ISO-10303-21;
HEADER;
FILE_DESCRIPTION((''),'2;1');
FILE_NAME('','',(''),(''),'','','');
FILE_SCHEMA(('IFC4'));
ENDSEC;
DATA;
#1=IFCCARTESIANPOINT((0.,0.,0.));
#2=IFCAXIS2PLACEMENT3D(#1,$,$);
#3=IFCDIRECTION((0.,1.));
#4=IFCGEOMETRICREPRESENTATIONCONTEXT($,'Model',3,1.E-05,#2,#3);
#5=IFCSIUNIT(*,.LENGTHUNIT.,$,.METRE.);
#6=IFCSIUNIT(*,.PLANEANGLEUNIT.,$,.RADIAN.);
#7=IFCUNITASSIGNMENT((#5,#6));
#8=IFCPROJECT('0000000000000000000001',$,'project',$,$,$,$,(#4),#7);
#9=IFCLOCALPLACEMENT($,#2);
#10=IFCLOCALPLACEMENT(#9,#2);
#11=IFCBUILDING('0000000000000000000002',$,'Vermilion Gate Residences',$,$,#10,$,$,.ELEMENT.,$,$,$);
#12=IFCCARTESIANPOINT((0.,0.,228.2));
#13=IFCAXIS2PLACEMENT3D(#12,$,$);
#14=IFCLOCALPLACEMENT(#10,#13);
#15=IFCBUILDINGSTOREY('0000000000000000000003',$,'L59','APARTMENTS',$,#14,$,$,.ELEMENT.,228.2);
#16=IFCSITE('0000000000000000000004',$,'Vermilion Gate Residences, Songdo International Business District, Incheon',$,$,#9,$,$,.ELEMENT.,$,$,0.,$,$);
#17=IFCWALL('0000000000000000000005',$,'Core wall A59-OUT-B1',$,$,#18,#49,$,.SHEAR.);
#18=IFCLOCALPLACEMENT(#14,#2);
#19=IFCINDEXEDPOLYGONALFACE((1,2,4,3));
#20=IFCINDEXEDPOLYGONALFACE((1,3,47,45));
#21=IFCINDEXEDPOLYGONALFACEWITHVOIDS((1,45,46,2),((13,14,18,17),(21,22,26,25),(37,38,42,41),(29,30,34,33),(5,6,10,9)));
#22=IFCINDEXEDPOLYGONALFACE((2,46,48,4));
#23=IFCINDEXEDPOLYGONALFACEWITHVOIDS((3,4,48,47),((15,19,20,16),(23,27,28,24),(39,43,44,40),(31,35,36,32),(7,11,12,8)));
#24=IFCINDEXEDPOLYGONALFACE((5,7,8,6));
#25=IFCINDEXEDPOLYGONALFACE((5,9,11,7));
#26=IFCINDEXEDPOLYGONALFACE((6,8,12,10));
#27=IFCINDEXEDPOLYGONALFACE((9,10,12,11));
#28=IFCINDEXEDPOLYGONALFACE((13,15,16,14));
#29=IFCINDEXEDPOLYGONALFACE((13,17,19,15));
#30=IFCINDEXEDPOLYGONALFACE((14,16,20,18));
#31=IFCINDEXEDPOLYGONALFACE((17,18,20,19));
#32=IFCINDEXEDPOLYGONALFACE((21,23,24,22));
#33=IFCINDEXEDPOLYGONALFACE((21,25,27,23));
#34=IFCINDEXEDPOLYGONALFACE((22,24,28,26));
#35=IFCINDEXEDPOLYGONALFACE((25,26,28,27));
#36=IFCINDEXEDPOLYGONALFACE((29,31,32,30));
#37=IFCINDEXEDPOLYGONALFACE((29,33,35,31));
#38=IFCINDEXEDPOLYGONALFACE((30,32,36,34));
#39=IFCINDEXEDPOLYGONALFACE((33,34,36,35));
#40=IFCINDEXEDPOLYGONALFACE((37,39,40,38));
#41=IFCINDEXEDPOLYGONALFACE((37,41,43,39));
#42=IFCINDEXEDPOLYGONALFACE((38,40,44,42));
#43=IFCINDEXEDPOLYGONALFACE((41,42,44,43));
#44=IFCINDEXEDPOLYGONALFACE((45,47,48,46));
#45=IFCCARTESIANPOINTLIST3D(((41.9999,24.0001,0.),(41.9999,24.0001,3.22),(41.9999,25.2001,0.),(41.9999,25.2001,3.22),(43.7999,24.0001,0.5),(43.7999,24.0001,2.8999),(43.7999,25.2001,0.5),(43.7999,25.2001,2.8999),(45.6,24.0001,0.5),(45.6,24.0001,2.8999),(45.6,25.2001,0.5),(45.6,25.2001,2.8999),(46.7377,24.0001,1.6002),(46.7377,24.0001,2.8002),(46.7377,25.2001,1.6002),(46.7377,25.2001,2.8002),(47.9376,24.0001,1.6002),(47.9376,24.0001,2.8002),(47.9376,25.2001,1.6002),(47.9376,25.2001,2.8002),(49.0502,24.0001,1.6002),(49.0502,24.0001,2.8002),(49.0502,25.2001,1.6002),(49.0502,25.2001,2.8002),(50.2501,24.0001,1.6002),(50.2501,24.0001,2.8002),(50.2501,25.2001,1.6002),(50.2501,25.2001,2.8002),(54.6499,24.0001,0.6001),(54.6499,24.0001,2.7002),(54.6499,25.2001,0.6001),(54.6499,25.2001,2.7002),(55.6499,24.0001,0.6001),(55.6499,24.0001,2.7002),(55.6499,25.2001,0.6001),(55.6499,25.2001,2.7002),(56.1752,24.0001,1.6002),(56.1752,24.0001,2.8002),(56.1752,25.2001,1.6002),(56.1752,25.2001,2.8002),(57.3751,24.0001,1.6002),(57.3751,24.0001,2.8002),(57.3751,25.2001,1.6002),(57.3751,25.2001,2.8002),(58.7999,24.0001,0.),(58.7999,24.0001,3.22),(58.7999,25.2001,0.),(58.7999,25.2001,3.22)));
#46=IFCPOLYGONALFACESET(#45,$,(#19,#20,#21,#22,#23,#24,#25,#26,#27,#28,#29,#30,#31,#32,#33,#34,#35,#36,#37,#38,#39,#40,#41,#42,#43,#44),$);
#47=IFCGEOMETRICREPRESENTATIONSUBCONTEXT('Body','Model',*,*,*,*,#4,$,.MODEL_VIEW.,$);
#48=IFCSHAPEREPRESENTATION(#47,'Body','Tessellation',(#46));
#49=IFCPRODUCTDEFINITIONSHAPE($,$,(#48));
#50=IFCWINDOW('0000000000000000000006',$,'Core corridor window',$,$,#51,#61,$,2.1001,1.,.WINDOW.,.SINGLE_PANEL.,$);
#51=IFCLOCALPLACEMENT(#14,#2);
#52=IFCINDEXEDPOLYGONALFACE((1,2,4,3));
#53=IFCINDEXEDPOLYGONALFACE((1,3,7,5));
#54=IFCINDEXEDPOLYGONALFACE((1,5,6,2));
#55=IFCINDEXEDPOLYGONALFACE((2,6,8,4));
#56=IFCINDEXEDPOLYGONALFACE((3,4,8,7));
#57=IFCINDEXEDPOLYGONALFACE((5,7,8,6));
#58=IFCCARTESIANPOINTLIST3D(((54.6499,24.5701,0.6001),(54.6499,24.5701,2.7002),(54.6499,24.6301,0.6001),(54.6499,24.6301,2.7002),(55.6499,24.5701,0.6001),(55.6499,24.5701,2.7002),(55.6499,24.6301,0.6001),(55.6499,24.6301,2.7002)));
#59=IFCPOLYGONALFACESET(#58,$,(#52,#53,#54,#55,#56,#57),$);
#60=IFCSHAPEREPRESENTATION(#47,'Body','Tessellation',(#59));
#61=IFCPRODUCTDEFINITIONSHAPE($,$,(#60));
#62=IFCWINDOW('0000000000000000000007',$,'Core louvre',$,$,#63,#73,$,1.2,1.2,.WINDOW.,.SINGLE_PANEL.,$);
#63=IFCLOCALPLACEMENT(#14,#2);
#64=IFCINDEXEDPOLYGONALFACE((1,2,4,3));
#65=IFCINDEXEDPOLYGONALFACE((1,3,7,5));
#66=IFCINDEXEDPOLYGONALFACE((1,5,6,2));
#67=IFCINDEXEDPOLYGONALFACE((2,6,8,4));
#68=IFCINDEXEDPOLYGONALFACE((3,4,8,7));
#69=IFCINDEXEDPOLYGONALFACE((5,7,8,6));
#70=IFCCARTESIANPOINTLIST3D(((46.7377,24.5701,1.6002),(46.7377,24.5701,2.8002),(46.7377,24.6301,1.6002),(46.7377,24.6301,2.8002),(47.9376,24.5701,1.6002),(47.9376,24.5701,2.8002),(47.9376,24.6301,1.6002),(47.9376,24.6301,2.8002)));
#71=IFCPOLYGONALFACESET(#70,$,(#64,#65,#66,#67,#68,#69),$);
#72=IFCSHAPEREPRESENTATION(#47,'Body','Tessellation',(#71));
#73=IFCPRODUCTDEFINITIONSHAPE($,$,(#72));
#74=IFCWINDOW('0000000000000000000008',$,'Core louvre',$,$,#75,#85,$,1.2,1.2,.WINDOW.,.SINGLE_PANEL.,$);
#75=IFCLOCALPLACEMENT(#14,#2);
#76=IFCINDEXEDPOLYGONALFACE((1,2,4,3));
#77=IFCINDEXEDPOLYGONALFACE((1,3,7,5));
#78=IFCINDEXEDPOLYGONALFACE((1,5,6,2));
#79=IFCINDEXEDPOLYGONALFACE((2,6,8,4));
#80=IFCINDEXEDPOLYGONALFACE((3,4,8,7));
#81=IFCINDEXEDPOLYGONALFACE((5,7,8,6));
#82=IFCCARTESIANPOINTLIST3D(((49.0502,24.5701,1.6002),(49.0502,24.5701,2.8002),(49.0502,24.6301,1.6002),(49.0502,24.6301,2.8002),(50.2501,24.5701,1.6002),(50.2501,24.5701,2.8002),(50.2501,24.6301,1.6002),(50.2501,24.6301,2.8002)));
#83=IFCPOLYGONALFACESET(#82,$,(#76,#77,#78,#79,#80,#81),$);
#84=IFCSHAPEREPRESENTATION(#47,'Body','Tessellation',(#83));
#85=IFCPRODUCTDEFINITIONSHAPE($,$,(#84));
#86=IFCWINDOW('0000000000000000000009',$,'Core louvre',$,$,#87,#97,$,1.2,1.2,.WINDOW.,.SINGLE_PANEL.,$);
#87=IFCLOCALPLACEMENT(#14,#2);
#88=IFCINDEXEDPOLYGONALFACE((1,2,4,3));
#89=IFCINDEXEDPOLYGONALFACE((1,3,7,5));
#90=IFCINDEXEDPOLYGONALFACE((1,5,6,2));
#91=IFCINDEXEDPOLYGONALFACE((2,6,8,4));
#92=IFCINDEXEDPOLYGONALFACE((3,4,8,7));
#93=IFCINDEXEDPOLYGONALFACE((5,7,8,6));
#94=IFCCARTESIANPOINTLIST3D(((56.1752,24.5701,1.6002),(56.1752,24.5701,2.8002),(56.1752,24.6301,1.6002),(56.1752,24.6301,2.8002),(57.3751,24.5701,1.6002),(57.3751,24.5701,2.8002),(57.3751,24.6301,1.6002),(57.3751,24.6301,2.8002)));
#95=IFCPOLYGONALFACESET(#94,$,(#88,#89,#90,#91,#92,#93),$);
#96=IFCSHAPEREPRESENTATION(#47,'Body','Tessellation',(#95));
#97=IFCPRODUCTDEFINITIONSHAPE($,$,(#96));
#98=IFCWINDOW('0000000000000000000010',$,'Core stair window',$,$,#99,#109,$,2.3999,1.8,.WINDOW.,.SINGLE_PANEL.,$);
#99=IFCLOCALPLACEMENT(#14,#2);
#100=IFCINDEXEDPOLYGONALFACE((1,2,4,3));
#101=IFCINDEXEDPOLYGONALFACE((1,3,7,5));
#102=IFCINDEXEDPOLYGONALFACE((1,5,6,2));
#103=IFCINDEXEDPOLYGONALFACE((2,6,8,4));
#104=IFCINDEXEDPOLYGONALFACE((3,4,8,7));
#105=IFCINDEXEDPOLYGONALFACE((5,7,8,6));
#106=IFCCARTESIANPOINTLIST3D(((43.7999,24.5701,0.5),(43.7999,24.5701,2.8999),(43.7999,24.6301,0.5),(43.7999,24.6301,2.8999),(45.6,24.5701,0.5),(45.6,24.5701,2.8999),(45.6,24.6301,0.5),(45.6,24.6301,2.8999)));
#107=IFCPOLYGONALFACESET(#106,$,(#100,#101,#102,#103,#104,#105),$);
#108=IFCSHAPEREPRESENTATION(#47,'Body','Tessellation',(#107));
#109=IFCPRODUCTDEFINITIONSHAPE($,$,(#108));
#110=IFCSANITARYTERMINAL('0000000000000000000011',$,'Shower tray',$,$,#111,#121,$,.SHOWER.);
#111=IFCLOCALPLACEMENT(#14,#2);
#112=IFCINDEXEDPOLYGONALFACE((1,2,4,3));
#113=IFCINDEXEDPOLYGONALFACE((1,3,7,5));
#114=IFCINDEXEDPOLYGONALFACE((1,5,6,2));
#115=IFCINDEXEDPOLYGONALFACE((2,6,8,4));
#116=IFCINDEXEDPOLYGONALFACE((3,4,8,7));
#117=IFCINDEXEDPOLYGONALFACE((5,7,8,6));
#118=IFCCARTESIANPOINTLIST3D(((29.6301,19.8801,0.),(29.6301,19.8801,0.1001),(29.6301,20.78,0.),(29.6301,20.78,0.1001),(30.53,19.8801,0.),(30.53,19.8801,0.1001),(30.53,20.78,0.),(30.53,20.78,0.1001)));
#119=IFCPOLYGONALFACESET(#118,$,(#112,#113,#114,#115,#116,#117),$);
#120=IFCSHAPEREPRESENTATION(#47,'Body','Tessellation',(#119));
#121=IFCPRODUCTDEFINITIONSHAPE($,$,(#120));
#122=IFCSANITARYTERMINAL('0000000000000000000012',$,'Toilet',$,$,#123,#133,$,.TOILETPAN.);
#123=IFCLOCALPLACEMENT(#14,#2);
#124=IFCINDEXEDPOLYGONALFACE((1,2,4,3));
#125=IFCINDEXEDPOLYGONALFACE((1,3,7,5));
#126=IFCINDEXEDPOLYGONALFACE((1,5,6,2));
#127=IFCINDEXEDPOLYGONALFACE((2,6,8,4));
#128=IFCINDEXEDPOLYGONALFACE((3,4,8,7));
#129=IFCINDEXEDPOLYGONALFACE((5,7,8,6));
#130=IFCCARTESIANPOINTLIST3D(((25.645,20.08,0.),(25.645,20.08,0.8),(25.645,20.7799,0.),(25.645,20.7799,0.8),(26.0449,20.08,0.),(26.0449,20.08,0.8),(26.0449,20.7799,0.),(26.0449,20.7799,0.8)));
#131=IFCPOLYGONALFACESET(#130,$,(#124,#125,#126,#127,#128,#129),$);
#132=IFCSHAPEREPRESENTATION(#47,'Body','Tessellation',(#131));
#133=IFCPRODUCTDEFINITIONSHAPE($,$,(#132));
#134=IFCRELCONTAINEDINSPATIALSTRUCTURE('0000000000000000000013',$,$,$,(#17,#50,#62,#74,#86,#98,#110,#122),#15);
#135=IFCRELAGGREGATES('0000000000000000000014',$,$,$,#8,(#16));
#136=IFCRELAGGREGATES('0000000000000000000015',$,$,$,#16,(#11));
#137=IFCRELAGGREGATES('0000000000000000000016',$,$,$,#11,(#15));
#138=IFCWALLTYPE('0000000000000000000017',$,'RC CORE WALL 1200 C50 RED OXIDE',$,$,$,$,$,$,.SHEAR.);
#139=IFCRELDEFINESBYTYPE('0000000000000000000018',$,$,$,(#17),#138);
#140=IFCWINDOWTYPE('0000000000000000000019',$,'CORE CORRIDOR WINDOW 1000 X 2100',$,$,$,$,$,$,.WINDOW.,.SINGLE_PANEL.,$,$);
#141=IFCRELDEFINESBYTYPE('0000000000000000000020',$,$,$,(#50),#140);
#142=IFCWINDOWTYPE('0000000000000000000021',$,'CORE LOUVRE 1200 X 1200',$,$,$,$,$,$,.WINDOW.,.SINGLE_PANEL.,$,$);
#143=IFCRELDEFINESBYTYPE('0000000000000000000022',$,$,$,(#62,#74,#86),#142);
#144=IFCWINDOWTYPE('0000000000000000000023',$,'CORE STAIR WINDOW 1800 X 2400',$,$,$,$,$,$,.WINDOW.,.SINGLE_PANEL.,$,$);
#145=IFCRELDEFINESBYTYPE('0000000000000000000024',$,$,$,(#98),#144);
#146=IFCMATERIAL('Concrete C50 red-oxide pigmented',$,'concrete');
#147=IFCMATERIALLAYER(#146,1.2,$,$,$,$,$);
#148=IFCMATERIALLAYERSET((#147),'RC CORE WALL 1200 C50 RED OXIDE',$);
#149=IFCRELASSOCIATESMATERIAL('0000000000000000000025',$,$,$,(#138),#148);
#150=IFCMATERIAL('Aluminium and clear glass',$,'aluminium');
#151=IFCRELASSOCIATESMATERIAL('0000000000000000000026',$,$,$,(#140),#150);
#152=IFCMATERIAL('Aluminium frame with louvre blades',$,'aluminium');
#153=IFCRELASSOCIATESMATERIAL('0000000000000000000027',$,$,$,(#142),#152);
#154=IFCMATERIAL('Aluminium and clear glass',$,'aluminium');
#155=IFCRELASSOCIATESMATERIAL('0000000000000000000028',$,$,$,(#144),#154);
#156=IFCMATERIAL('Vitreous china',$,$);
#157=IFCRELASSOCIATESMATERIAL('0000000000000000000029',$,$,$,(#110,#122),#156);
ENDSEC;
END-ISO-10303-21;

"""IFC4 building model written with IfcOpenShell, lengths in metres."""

from ifc_helpers import new_model, si_unit, direction, frame, frame_2d, origin, origin_2d, place, context, subcontext, project, spatial, rectangle, extrude, material, layer, layer_set, type_object, element, fill, save


model = new_model("IFC4")

# Units and contexts
model_context = context("Model", 3, precision=1e-05, world=origin(), true_north=direction((0.0, 1.0)))
body_context = subcontext(model_context, "Body", "Model", "MODEL_VIEW")
ifc_project = project(units=[si_unit("LENGTHUNIT", "METRE"), si_unit("PLANEANGLEUNIT", "RADIAN")], contexts=[model_context])

# Site, building, storey
site_placement = place(None, origin())
site = spatial("IfcSite", under=ifc_project, at=site_placement, Name="Vermilion Gate Residences, Songdo International Business District, Incheon", CompositionType="ELEMENT", RefElevation=0.0)
building_placement = place(site_placement, origin())
building = spatial("IfcBuilding", under=site, at=building_placement, Name="Vermilion Gate Residences", CompositionType="ELEMENT")
storey_placement = place(building_placement, frame((0.0, 0.0, 228.2)))
storey = spatial("IfcBuildingStorey", under=building, at=storey_placement, Name="L59", Description="APARTMENTS", CompositionType="ELEMENT", Elevation=228.2)

# Wall, openings, windows
ifc_material_1 = material(Name="Concrete C50 red-oxide pigmented", Category="concrete")
ifc_layer_1 = layer(ifc_material_1, 1.2)
ifc_layer_set_1 = layer_set([ifc_layer_1], Name="RC CORE WALL 1200 C50 RED OXIDE")
wall_type_1 = type_object("IfcWallType", Name="RC CORE WALL 1200 C50 RED OXIDE", PredefinedType="SHEAR", material=ifc_layer_set_1)
wall_1_placement = place(storey_placement, frame((42.0, 24.6001, 0.0), z_axis=(0.0, 0.0, 1.0), x_axis=(1.0, 0.0, 0.0)))
wall_1 = element("IfcWall", 1, at=wall_1_placement, inside=storey, type_object=wall_type_1, Name="Core wall A59-OUT-B1", PredefinedType="SHEAR", context=body_context, shape_type="SweptSolid", body=[
    extrude(rectangle(XDim=16.8, YDim=1.2, at=frame_2d((8.3999, 0.0))), origin(), (0.0, 0.0, 1.0), 3.22),
])
opening_1_placement = place(wall_1_placement, frame((1.8, 0.0, 0.5)))
opening_1 = element("IfcOpeningElement", 2, at=opening_1_placement, cuts=wall_1, PredefinedType="OPENING", context=body_context, shape_type="SweptSolid", body=[
    extrude(rectangle(XDim=1.8, YDim=2.3999, at=frame_2d((0.8999, 1.2))), frame((0.0, 0.6099, 0.0), z_axis=(0.0, -1.0, 0.0), x_axis=(1.0, 0.0, 0.0)), (0.0, 0.0, 1.0), 1.22),
])
opening_2_placement = place(wall_1_placement, frame((4.7375, 0.0, 1.6001)))
opening_2 = element("IfcOpeningElement", 3, at=opening_2_placement, cuts=wall_1, PredefinedType="OPENING", context=body_context, shape_type="SweptSolid", body=[
    extrude(rectangle(XDim=1.2, YDim=1.2, at=frame_2d((0.6001, 0.6001))), frame((0.0, 0.6099, 0.0), z_axis=(0.0, -1.0, 0.0), x_axis=(1.0, 0.0, 0.0)), (0.0, 0.0, 1.0), 1.22),
])
opening_3_placement = place(wall_1_placement, frame((7.05, 0.0, 1.6001)))
opening_3 = element("IfcOpeningElement", 4, at=opening_3_placement, cuts=wall_1, PredefinedType="OPENING", context=body_context, shape_type="SweptSolid", body=[
    extrude(rectangle(XDim=1.2, YDim=1.2, at=frame_2d((0.6001, 0.6001))), frame((0.0, 0.6099, 0.0), z_axis=(0.0, -1.0, 0.0), x_axis=(1.0, 0.0, 0.0)), (0.0, 0.0, 1.0), 1.22),
])
opening_4_placement = place(wall_1_placement, frame((12.6499, 0.0, 0.6001)))
opening_4 = element("IfcOpeningElement", 5, at=opening_4_placement, cuts=wall_1, PredefinedType="OPENING", context=body_context, shape_type="SweptSolid", body=[
    extrude(rectangle(XDim=1.0, YDim=2.1001, at=frame_2d((0.5, 1.05))), frame((0.0, 0.6099, 0.0), z_axis=(0.0, -1.0, 0.0), x_axis=(1.0, 0.0, 0.0)), (0.0, 0.0, 1.0), 1.22),
])
opening_5_placement = place(wall_1_placement, frame((14.175, 0.0, 1.6001)))
opening_5 = element("IfcOpeningElement", 6, at=opening_5_placement, cuts=wall_1, PredefinedType="OPENING", context=body_context, shape_type="SweptSolid", body=[
    extrude(rectangle(XDim=1.2, YDim=1.2, at=frame_2d((0.6001, 0.6001))), frame((0.0, 0.6099, 0.0), z_axis=(0.0, -1.0, 0.0), x_axis=(1.0, 0.0, 0.0)), (0.0, 0.0, 1.0), 1.22),
])
ifc_material_2 = material(Name="Aluminium and clear glass", Category="aluminium")
window_type_1 = type_object("IfcWindowType", Name="CORE CORRIDOR WINDOW 1000 X 2100", PartitioningType="SINGLE_PANEL", PredefinedType="WINDOW", material=ifc_material_2)
window_1_placement = place(opening_4_placement, origin())
window_1 = element("IfcWindow", 7, at=window_1_placement, inside=storey, type_object=window_type_1, Name="Core corridor window", OverallHeight=2.1001, OverallWidth=1.0, PartitioningType="SINGLE_PANEL", PredefinedType="WINDOW", context=body_context, shape_type="SweptSolid", body=[
    extrude(rectangle(XDim=1.0, YDim=2.1001, at=frame_2d((0.5, 1.05))), frame((0.0, 0.03, 0.0), z_axis=(0.0, -1.0, 0.0), x_axis=(1.0, 0.0, 0.0)), (0.0, 0.0, 1.0), 0.0601),
])
fill(opening_4, window_1)
ifc_material_3 = material(Name="Aluminium frame with louvre blades", Category="aluminium")
window_type_2 = type_object("IfcWindowType", Name="CORE LOUVRE 1200 X 1200", PartitioningType="SINGLE_PANEL", PredefinedType="WINDOW", material=ifc_material_3)
window_2_placement = place(opening_2_placement, origin())
window_2 = element("IfcWindow", 8, at=window_2_placement, inside=storey, type_object=window_type_2, Name="Core louvre", OverallHeight=1.2, OverallWidth=1.2, PartitioningType="SINGLE_PANEL", PredefinedType="WINDOW", context=body_context, shape_type="SweptSolid", body=[
    extrude(rectangle(XDim=1.2, YDim=1.2, at=frame_2d((0.6001, 0.6001))), frame((0.0, 0.03, 0.0), z_axis=(0.0, -1.0, 0.0), x_axis=(1.0, 0.0, 0.0)), (0.0, 0.0, 1.0), 0.0601),
])
fill(opening_2, window_2)
window_3_placement = place(opening_3_placement, origin())
window_3 = element("IfcWindow", 9, at=window_3_placement, inside=storey, type_object=window_type_2, Name="Core louvre", OverallHeight=1.2, OverallWidth=1.2, PartitioningType="SINGLE_PANEL", PredefinedType="WINDOW", context=body_context, shape_type="SweptSolid", body=[
    extrude(rectangle(XDim=1.2, YDim=1.2, at=frame_2d((0.6001, 0.6001))), frame((0.0, 0.03, 0.0), z_axis=(0.0, -1.0, 0.0), x_axis=(1.0, 0.0, 0.0)), (0.0, 0.0, 1.0), 0.0601),
])
fill(opening_3, window_3)
window_4_placement = place(opening_5_placement, origin())
window_4 = element("IfcWindow", 10, at=window_4_placement, inside=storey, type_object=window_type_2, Name="Core louvre", OverallHeight=1.2, OverallWidth=1.2, PartitioningType="SINGLE_PANEL", PredefinedType="WINDOW", context=body_context, shape_type="SweptSolid", body=[
    extrude(rectangle(XDim=1.2, YDim=1.2, at=frame_2d((0.6001, 0.6001))), frame((0.0, 0.03, 0.0), z_axis=(0.0, -1.0, 0.0), x_axis=(1.0, 0.0, 0.0)), (0.0, 0.0, 1.0), 0.0601),
])
fill(opening_5, window_4)
ifc_material_4 = material(Name="Aluminium and clear glass", Category="aluminium")
window_type_3 = type_object("IfcWindowType", Name="CORE STAIR WINDOW 1800 X 2400", PartitioningType="SINGLE_PANEL", PredefinedType="WINDOW", material=ifc_material_4)
window_5_placement = place(opening_1_placement, origin())
window_5 = element("IfcWindow", 11, at=window_5_placement, inside=storey, type_object=window_type_3, Name="Core stair window", OverallHeight=2.3999, OverallWidth=1.8, PartitioningType="SINGLE_PANEL", PredefinedType="WINDOW", context=body_context, shape_type="SweptSolid", body=[
    extrude(rectangle(XDim=1.8, YDim=2.3999, at=frame_2d((0.8999, 1.2))), frame((0.0, 0.03, 0.0), z_axis=(0.0, -1.0, 0.0), x_axis=(1.0, 0.0, 0.0)), (0.0, 0.0, 1.0), 0.0601),
])
fill(opening_1, window_5)

# Sanitary terminals
ifc_material_5 = material(Name="Vitreous china")
sanitary_terminal_1_placement = place(storey_placement, frame((30.0801, 20.3301, 0.0), z_axis=(0.0, 0.0, 1.0), x_axis=(1.0, 0.0, 0.0)))
element("IfcSanitaryTerminal", 12, at=sanitary_terminal_1_placement, inside=storey, material=ifc_material_5, Name="Shower tray", PredefinedType="SHOWER", context=body_context, shape_type="SweptSolid", body=[
    extrude(rectangle(XDim=0.8999, YDim=0.8999, at=origin_2d()), origin(), (0.0, 0.0, 1.0), 0.1001),
])
sanitary_terminal_2_placement = place(storey_placement, frame((25.845, 20.4299, 0.0), z_axis=(0.0, 0.0, 1.0), x_axis=(1.0, 0.0, 0.0)))
element("IfcSanitaryTerminal", 13, at=sanitary_terminal_2_placement, inside=storey, material=ifc_material_5, Name="Toilet", PredefinedType="TOILETPAN", context=body_context, shape_type="SweptSolid", body=[
    extrude(rectangle(XDim=0.3999, YDim=0.7, at=origin_2d()), origin(), (0.0, 0.0, 1.0), 0.8),
])

save(model, "model.ifc")
